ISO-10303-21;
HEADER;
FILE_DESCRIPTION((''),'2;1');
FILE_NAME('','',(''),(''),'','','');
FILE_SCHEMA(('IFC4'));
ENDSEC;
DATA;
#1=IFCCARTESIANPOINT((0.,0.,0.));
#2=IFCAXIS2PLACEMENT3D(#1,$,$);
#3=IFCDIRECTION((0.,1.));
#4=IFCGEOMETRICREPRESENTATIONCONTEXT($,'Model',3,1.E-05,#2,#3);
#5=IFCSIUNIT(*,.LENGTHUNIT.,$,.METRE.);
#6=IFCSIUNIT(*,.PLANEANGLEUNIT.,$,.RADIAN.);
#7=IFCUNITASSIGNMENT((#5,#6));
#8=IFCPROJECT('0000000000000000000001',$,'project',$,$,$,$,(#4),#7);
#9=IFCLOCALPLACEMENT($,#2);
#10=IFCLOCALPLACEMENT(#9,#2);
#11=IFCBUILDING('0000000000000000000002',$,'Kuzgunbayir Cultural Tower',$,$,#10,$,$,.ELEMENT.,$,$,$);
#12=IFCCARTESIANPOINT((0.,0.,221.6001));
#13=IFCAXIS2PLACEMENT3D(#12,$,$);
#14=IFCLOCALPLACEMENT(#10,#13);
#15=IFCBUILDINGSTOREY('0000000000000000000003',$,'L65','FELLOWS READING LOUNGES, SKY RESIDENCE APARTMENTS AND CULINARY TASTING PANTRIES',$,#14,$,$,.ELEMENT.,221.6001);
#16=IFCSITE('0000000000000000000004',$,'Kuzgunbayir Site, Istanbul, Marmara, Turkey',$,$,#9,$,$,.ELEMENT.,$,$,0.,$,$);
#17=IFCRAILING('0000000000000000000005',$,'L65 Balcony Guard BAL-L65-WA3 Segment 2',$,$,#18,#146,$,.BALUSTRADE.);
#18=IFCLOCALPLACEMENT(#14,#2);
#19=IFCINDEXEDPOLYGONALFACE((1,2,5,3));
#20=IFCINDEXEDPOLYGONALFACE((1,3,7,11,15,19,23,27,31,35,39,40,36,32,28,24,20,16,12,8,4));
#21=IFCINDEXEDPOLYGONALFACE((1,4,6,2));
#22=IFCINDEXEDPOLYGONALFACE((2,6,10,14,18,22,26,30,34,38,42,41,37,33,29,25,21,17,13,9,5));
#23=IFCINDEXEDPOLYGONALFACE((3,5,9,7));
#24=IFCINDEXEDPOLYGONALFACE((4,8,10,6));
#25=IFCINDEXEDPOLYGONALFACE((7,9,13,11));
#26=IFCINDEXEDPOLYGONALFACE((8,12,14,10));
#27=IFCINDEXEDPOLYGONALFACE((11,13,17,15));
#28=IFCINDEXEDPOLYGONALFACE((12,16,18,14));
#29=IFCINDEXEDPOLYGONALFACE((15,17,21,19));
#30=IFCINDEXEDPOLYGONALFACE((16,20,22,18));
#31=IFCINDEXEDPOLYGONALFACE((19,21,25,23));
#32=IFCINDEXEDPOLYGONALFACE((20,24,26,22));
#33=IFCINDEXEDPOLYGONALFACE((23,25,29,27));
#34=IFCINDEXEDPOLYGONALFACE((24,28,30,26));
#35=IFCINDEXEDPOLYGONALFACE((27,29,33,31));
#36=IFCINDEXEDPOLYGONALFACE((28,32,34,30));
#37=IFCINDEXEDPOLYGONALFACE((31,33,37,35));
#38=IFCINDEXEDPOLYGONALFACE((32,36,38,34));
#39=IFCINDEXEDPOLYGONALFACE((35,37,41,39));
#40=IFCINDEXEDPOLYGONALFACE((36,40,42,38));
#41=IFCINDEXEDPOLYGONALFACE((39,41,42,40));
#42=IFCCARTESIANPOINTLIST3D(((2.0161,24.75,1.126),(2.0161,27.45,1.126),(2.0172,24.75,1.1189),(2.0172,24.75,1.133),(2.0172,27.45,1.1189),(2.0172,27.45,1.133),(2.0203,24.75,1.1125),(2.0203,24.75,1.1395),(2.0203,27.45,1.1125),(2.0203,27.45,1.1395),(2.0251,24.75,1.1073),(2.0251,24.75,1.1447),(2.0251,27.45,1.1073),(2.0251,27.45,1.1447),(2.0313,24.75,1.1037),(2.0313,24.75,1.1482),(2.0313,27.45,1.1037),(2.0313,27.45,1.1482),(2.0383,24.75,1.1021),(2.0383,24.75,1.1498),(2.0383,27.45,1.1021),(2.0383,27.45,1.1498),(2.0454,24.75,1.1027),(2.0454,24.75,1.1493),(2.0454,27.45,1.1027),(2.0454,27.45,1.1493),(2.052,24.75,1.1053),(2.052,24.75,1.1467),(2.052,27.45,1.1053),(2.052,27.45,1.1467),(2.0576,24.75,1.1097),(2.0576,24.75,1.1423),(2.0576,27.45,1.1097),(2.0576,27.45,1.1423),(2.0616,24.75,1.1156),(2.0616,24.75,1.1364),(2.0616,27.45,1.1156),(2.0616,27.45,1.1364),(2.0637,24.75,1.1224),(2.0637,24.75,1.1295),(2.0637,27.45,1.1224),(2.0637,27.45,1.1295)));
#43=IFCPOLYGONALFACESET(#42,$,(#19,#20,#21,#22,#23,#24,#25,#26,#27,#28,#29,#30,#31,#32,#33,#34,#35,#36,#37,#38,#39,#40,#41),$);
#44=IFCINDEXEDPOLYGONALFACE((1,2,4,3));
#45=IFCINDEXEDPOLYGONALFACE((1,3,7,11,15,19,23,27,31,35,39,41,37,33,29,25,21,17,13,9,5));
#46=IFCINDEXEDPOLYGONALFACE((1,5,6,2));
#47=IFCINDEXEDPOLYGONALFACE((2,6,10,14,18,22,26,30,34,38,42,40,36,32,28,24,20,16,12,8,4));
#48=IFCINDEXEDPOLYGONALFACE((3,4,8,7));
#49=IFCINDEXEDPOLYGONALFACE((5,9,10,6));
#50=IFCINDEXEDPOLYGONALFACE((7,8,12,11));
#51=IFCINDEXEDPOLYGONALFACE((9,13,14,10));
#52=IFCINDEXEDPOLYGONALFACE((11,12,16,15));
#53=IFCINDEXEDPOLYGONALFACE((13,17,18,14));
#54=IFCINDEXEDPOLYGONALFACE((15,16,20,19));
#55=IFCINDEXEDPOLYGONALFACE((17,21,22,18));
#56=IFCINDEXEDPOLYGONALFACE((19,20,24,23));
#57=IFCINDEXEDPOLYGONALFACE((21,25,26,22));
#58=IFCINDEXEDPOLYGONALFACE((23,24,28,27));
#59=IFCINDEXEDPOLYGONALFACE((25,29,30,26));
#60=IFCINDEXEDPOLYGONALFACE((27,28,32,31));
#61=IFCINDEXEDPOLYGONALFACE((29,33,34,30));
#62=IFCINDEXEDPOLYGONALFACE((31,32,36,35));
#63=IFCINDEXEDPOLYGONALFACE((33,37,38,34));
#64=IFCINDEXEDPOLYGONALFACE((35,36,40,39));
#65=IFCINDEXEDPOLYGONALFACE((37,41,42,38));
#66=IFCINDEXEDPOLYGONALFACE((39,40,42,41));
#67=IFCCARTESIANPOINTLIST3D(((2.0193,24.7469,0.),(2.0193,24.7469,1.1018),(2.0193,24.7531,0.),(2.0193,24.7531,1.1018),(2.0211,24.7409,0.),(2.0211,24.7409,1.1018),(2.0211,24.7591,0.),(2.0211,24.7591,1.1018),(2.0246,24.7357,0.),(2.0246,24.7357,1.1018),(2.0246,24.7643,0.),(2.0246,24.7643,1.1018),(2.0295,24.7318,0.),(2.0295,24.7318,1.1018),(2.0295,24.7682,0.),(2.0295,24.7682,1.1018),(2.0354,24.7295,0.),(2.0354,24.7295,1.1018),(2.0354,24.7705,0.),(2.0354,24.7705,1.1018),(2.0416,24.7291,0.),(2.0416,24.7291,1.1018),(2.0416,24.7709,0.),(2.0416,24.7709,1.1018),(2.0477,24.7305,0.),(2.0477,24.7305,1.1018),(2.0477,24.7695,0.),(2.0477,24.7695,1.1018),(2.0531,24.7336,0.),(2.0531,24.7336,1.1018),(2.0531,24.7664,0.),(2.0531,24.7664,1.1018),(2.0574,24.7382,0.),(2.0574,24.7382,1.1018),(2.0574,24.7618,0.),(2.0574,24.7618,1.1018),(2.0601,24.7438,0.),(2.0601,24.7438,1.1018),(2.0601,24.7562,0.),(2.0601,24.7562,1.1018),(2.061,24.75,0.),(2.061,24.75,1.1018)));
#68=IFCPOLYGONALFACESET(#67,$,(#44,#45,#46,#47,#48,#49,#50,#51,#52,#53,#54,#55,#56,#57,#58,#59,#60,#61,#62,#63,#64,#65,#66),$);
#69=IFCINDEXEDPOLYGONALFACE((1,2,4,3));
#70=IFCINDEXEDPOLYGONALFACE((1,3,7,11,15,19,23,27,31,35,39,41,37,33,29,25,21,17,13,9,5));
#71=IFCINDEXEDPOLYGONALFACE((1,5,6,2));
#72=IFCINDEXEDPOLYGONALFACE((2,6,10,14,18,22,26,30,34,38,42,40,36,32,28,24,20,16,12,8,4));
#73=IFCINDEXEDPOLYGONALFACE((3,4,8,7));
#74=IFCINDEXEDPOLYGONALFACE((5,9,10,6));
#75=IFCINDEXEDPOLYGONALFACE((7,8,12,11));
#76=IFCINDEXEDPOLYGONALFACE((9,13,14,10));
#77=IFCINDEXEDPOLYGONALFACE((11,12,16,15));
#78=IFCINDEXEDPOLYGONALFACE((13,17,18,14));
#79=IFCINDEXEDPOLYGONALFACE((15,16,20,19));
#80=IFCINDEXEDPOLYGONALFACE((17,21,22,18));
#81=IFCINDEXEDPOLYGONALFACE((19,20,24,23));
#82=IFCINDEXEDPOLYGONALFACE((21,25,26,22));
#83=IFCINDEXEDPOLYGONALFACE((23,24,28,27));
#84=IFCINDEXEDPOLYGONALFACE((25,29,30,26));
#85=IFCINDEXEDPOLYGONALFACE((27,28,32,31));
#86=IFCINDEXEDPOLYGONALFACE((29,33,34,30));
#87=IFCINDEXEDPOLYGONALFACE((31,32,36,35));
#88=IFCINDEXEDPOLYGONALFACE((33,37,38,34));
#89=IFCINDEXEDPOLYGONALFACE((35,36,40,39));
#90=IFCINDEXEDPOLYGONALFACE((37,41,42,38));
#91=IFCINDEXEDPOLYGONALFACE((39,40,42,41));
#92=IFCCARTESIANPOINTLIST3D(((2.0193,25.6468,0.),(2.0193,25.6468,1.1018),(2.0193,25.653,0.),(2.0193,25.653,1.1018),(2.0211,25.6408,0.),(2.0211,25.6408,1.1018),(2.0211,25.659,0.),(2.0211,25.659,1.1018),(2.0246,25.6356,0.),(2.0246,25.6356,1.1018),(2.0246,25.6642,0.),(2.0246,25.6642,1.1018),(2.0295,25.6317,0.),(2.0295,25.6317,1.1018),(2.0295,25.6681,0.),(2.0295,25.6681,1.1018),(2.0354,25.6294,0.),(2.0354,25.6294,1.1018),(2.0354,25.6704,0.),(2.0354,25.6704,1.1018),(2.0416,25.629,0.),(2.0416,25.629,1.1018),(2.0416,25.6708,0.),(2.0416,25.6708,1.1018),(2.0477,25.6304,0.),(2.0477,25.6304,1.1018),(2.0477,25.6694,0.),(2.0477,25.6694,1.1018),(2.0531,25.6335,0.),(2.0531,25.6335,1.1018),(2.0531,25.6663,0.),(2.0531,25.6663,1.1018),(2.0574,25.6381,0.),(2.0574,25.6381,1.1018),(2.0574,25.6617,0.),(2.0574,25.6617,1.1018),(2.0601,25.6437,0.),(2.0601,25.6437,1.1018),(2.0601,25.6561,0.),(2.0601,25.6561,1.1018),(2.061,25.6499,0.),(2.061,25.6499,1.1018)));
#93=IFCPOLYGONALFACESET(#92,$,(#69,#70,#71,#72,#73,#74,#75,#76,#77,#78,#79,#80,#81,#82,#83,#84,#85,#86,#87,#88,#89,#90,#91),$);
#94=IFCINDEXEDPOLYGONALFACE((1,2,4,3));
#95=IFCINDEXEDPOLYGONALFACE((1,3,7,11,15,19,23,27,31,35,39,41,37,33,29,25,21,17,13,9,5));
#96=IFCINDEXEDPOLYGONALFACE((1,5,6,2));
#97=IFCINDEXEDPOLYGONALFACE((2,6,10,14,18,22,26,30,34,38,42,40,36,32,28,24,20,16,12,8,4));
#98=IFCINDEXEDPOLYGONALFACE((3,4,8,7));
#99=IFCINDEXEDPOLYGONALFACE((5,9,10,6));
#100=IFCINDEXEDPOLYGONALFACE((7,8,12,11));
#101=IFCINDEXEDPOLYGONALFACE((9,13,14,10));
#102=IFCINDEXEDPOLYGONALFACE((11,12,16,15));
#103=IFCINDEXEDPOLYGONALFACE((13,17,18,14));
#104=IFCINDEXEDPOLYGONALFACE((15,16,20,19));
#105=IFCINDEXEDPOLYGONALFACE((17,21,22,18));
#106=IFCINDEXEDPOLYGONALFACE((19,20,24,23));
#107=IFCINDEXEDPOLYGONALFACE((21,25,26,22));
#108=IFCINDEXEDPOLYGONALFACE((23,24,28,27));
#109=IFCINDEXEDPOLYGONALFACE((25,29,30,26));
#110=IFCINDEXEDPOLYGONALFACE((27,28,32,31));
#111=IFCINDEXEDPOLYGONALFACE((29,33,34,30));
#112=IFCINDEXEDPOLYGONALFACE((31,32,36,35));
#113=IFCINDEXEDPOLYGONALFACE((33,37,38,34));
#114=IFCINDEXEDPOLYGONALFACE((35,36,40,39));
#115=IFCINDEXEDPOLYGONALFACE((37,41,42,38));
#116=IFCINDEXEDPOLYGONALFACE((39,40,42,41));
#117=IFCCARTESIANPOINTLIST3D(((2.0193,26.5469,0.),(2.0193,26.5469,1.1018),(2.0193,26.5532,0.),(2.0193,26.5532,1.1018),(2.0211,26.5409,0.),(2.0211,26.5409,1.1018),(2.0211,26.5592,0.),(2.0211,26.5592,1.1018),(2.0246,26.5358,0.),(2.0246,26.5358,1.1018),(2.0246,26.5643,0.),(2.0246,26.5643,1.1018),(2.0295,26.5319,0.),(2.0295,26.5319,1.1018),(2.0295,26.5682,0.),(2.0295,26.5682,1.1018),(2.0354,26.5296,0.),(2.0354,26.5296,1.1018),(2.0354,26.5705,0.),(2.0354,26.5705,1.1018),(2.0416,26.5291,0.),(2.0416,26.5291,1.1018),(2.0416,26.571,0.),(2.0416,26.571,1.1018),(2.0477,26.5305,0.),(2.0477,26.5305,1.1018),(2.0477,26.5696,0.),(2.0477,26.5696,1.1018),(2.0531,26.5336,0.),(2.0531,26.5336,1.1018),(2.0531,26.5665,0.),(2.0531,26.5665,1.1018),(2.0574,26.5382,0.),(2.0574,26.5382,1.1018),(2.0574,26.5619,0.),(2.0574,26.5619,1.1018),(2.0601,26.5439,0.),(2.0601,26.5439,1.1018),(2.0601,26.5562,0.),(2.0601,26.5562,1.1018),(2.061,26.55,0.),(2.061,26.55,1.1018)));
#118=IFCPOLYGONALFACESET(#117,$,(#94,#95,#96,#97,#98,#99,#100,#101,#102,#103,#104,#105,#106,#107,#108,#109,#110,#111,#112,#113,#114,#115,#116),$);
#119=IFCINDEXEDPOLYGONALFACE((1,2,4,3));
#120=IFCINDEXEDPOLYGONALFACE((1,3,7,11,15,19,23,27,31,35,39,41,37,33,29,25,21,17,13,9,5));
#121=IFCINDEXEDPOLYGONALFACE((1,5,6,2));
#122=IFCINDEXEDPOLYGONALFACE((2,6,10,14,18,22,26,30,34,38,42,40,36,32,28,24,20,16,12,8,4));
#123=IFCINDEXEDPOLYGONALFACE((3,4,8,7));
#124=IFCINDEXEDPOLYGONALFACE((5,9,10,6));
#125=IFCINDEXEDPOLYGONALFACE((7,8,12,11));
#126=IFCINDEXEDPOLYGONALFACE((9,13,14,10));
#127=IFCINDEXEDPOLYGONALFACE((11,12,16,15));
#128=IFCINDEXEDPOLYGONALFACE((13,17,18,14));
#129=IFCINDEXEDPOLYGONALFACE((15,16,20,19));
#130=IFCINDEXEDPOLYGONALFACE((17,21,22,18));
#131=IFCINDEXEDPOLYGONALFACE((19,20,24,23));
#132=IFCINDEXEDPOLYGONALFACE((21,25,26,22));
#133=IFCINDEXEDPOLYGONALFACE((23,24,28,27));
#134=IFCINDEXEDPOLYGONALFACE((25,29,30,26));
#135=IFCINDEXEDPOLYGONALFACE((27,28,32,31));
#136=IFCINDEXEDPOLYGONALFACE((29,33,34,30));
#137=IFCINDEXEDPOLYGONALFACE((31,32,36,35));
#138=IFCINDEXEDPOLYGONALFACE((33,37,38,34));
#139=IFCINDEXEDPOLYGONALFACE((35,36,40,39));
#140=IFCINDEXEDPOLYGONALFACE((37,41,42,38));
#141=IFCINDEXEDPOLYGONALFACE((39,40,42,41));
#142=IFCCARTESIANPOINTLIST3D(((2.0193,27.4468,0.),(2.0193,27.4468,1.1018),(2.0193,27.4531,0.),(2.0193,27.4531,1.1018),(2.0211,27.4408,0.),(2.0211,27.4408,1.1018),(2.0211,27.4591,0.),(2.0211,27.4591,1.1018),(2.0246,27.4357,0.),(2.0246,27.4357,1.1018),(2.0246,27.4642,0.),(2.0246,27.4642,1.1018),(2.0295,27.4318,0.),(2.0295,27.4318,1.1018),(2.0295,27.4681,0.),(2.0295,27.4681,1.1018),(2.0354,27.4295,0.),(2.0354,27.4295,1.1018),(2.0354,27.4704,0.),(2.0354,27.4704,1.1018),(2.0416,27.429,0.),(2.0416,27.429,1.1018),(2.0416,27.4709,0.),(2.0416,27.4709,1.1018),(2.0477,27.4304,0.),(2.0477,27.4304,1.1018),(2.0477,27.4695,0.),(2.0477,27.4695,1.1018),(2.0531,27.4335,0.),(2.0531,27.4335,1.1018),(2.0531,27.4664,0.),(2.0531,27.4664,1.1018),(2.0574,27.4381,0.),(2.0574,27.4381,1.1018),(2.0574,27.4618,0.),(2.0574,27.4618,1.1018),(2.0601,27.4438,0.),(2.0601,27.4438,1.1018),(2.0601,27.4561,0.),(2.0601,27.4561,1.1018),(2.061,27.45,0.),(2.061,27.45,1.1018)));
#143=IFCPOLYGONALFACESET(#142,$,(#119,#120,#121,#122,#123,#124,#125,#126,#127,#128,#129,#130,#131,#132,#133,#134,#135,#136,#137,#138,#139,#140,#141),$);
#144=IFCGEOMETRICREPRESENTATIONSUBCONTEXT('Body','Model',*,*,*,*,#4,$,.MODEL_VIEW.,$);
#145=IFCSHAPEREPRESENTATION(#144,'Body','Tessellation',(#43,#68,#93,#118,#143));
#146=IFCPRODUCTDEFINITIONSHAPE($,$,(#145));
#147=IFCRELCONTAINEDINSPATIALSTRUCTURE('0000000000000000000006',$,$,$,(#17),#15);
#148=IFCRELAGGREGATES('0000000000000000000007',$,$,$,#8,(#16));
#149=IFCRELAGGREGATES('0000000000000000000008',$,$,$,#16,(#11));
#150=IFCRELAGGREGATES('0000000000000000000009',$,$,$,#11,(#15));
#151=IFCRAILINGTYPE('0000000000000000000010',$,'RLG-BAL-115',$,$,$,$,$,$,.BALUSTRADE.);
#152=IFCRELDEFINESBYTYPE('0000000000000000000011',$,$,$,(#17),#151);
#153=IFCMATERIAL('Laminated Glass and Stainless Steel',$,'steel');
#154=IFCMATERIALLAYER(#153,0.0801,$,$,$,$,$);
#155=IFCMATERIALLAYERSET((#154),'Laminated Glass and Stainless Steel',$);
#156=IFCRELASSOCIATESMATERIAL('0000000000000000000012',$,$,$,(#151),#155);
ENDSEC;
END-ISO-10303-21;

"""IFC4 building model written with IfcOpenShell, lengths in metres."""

from ifc_helpers import new_model, si_unit, direction, frame, origin, origin_2d, place, context, subcontext, project, spatial, circle, extrude, material, layer, layer_set, type_object, element, save


model = new_model("IFC4")

# Units and contexts
model_context = context("Model", 3, precision=1e-05, world=origin(), true_north=direction((0.0, 1.0)))
body_context = subcontext(model_context, "Body", "Model", "MODEL_VIEW")
ifc_project = project(units=[si_unit("LENGTHUNIT", "METRE"), si_unit("PLANEANGLEUNIT", "RADIAN")], contexts=[model_context])

# Site, building, storey
site_placement = place(None, origin())
site = spatial("IfcSite", under=ifc_project, at=site_placement, Name="Kuzgunbayir Site, Istanbul, Marmara, Turkey", CompositionType="ELEMENT", RefElevation=0.0)
building_placement = place(site_placement, origin())
building = spatial("IfcBuilding", under=site, at=building_placement, Name="Kuzgunbayir Cultural Tower", CompositionType="ELEMENT")
storey_placement = place(building_placement, frame((0.0, 0.0, 221.6001)))
storey = spatial("IfcBuildingStorey", under=building, at=storey_placement, Name="L65", Description="FELLOWS READING LOUNGES, SKY RESIDENCE APARTMENTS AND CULINARY TASTING PANTRIES", CompositionType="ELEMENT", Elevation=221.6001)

# Railing
ifc_material_1 = material(Name="Laminated Glass and Stainless Steel", Category="steel")
ifc_layer_1 = layer(ifc_material_1, 0.0801)
ifc_layer_set_1 = layer_set([ifc_layer_1], Name="Laminated Glass and Stainless Steel")
railing_type = type_object("IfcRailingType", Name="RLG-BAL-115", PredefinedType="BALUSTRADE", material=ifc_layer_set_1)
railing_1_placement = place(storey_placement, frame((2.04, 24.75, 0.0)))
element("IfcRailing", 1, at=railing_1_placement, inside=storey, type_object=railing_type, Name="L65 Balcony Guard BAL-L65-WA3 Segment 2", PredefinedType="BALUSTRADE", context=body_context, shape_type="SweptSolid", body=[
    extrude(circle(Radius=0.0239, at=origin_2d()), frame((0.0, 0.0, 1.126), z_axis=(0.0, 1.0, 0.0), x_axis=(-1.0, 0.0, 0.0)), (0.0, 0.0, 1.0), 2.7),
    extrude(circle(Radius=0.021, at=origin_2d()), origin(), (0.0, 0.0, 1.0), 1.1018),
    extrude(circle(Radius=0.021, at=origin_2d()), frame((0.0, 0.8999, 0.0)), (0.0, 0.0, 1.0), 1.1018),
    extrude(circle(Radius=0.021, at=origin_2d()), frame((0.0, 1.8, 0.0)), (0.0, 0.0, 1.0), 1.1018),
    extrude(circle(Radius=0.021, at=origin_2d()), frame((0.0, 2.7, 0.0)), (0.0, 0.0, 1.0), 1.1018),
])

save(model, "model.ifc")
